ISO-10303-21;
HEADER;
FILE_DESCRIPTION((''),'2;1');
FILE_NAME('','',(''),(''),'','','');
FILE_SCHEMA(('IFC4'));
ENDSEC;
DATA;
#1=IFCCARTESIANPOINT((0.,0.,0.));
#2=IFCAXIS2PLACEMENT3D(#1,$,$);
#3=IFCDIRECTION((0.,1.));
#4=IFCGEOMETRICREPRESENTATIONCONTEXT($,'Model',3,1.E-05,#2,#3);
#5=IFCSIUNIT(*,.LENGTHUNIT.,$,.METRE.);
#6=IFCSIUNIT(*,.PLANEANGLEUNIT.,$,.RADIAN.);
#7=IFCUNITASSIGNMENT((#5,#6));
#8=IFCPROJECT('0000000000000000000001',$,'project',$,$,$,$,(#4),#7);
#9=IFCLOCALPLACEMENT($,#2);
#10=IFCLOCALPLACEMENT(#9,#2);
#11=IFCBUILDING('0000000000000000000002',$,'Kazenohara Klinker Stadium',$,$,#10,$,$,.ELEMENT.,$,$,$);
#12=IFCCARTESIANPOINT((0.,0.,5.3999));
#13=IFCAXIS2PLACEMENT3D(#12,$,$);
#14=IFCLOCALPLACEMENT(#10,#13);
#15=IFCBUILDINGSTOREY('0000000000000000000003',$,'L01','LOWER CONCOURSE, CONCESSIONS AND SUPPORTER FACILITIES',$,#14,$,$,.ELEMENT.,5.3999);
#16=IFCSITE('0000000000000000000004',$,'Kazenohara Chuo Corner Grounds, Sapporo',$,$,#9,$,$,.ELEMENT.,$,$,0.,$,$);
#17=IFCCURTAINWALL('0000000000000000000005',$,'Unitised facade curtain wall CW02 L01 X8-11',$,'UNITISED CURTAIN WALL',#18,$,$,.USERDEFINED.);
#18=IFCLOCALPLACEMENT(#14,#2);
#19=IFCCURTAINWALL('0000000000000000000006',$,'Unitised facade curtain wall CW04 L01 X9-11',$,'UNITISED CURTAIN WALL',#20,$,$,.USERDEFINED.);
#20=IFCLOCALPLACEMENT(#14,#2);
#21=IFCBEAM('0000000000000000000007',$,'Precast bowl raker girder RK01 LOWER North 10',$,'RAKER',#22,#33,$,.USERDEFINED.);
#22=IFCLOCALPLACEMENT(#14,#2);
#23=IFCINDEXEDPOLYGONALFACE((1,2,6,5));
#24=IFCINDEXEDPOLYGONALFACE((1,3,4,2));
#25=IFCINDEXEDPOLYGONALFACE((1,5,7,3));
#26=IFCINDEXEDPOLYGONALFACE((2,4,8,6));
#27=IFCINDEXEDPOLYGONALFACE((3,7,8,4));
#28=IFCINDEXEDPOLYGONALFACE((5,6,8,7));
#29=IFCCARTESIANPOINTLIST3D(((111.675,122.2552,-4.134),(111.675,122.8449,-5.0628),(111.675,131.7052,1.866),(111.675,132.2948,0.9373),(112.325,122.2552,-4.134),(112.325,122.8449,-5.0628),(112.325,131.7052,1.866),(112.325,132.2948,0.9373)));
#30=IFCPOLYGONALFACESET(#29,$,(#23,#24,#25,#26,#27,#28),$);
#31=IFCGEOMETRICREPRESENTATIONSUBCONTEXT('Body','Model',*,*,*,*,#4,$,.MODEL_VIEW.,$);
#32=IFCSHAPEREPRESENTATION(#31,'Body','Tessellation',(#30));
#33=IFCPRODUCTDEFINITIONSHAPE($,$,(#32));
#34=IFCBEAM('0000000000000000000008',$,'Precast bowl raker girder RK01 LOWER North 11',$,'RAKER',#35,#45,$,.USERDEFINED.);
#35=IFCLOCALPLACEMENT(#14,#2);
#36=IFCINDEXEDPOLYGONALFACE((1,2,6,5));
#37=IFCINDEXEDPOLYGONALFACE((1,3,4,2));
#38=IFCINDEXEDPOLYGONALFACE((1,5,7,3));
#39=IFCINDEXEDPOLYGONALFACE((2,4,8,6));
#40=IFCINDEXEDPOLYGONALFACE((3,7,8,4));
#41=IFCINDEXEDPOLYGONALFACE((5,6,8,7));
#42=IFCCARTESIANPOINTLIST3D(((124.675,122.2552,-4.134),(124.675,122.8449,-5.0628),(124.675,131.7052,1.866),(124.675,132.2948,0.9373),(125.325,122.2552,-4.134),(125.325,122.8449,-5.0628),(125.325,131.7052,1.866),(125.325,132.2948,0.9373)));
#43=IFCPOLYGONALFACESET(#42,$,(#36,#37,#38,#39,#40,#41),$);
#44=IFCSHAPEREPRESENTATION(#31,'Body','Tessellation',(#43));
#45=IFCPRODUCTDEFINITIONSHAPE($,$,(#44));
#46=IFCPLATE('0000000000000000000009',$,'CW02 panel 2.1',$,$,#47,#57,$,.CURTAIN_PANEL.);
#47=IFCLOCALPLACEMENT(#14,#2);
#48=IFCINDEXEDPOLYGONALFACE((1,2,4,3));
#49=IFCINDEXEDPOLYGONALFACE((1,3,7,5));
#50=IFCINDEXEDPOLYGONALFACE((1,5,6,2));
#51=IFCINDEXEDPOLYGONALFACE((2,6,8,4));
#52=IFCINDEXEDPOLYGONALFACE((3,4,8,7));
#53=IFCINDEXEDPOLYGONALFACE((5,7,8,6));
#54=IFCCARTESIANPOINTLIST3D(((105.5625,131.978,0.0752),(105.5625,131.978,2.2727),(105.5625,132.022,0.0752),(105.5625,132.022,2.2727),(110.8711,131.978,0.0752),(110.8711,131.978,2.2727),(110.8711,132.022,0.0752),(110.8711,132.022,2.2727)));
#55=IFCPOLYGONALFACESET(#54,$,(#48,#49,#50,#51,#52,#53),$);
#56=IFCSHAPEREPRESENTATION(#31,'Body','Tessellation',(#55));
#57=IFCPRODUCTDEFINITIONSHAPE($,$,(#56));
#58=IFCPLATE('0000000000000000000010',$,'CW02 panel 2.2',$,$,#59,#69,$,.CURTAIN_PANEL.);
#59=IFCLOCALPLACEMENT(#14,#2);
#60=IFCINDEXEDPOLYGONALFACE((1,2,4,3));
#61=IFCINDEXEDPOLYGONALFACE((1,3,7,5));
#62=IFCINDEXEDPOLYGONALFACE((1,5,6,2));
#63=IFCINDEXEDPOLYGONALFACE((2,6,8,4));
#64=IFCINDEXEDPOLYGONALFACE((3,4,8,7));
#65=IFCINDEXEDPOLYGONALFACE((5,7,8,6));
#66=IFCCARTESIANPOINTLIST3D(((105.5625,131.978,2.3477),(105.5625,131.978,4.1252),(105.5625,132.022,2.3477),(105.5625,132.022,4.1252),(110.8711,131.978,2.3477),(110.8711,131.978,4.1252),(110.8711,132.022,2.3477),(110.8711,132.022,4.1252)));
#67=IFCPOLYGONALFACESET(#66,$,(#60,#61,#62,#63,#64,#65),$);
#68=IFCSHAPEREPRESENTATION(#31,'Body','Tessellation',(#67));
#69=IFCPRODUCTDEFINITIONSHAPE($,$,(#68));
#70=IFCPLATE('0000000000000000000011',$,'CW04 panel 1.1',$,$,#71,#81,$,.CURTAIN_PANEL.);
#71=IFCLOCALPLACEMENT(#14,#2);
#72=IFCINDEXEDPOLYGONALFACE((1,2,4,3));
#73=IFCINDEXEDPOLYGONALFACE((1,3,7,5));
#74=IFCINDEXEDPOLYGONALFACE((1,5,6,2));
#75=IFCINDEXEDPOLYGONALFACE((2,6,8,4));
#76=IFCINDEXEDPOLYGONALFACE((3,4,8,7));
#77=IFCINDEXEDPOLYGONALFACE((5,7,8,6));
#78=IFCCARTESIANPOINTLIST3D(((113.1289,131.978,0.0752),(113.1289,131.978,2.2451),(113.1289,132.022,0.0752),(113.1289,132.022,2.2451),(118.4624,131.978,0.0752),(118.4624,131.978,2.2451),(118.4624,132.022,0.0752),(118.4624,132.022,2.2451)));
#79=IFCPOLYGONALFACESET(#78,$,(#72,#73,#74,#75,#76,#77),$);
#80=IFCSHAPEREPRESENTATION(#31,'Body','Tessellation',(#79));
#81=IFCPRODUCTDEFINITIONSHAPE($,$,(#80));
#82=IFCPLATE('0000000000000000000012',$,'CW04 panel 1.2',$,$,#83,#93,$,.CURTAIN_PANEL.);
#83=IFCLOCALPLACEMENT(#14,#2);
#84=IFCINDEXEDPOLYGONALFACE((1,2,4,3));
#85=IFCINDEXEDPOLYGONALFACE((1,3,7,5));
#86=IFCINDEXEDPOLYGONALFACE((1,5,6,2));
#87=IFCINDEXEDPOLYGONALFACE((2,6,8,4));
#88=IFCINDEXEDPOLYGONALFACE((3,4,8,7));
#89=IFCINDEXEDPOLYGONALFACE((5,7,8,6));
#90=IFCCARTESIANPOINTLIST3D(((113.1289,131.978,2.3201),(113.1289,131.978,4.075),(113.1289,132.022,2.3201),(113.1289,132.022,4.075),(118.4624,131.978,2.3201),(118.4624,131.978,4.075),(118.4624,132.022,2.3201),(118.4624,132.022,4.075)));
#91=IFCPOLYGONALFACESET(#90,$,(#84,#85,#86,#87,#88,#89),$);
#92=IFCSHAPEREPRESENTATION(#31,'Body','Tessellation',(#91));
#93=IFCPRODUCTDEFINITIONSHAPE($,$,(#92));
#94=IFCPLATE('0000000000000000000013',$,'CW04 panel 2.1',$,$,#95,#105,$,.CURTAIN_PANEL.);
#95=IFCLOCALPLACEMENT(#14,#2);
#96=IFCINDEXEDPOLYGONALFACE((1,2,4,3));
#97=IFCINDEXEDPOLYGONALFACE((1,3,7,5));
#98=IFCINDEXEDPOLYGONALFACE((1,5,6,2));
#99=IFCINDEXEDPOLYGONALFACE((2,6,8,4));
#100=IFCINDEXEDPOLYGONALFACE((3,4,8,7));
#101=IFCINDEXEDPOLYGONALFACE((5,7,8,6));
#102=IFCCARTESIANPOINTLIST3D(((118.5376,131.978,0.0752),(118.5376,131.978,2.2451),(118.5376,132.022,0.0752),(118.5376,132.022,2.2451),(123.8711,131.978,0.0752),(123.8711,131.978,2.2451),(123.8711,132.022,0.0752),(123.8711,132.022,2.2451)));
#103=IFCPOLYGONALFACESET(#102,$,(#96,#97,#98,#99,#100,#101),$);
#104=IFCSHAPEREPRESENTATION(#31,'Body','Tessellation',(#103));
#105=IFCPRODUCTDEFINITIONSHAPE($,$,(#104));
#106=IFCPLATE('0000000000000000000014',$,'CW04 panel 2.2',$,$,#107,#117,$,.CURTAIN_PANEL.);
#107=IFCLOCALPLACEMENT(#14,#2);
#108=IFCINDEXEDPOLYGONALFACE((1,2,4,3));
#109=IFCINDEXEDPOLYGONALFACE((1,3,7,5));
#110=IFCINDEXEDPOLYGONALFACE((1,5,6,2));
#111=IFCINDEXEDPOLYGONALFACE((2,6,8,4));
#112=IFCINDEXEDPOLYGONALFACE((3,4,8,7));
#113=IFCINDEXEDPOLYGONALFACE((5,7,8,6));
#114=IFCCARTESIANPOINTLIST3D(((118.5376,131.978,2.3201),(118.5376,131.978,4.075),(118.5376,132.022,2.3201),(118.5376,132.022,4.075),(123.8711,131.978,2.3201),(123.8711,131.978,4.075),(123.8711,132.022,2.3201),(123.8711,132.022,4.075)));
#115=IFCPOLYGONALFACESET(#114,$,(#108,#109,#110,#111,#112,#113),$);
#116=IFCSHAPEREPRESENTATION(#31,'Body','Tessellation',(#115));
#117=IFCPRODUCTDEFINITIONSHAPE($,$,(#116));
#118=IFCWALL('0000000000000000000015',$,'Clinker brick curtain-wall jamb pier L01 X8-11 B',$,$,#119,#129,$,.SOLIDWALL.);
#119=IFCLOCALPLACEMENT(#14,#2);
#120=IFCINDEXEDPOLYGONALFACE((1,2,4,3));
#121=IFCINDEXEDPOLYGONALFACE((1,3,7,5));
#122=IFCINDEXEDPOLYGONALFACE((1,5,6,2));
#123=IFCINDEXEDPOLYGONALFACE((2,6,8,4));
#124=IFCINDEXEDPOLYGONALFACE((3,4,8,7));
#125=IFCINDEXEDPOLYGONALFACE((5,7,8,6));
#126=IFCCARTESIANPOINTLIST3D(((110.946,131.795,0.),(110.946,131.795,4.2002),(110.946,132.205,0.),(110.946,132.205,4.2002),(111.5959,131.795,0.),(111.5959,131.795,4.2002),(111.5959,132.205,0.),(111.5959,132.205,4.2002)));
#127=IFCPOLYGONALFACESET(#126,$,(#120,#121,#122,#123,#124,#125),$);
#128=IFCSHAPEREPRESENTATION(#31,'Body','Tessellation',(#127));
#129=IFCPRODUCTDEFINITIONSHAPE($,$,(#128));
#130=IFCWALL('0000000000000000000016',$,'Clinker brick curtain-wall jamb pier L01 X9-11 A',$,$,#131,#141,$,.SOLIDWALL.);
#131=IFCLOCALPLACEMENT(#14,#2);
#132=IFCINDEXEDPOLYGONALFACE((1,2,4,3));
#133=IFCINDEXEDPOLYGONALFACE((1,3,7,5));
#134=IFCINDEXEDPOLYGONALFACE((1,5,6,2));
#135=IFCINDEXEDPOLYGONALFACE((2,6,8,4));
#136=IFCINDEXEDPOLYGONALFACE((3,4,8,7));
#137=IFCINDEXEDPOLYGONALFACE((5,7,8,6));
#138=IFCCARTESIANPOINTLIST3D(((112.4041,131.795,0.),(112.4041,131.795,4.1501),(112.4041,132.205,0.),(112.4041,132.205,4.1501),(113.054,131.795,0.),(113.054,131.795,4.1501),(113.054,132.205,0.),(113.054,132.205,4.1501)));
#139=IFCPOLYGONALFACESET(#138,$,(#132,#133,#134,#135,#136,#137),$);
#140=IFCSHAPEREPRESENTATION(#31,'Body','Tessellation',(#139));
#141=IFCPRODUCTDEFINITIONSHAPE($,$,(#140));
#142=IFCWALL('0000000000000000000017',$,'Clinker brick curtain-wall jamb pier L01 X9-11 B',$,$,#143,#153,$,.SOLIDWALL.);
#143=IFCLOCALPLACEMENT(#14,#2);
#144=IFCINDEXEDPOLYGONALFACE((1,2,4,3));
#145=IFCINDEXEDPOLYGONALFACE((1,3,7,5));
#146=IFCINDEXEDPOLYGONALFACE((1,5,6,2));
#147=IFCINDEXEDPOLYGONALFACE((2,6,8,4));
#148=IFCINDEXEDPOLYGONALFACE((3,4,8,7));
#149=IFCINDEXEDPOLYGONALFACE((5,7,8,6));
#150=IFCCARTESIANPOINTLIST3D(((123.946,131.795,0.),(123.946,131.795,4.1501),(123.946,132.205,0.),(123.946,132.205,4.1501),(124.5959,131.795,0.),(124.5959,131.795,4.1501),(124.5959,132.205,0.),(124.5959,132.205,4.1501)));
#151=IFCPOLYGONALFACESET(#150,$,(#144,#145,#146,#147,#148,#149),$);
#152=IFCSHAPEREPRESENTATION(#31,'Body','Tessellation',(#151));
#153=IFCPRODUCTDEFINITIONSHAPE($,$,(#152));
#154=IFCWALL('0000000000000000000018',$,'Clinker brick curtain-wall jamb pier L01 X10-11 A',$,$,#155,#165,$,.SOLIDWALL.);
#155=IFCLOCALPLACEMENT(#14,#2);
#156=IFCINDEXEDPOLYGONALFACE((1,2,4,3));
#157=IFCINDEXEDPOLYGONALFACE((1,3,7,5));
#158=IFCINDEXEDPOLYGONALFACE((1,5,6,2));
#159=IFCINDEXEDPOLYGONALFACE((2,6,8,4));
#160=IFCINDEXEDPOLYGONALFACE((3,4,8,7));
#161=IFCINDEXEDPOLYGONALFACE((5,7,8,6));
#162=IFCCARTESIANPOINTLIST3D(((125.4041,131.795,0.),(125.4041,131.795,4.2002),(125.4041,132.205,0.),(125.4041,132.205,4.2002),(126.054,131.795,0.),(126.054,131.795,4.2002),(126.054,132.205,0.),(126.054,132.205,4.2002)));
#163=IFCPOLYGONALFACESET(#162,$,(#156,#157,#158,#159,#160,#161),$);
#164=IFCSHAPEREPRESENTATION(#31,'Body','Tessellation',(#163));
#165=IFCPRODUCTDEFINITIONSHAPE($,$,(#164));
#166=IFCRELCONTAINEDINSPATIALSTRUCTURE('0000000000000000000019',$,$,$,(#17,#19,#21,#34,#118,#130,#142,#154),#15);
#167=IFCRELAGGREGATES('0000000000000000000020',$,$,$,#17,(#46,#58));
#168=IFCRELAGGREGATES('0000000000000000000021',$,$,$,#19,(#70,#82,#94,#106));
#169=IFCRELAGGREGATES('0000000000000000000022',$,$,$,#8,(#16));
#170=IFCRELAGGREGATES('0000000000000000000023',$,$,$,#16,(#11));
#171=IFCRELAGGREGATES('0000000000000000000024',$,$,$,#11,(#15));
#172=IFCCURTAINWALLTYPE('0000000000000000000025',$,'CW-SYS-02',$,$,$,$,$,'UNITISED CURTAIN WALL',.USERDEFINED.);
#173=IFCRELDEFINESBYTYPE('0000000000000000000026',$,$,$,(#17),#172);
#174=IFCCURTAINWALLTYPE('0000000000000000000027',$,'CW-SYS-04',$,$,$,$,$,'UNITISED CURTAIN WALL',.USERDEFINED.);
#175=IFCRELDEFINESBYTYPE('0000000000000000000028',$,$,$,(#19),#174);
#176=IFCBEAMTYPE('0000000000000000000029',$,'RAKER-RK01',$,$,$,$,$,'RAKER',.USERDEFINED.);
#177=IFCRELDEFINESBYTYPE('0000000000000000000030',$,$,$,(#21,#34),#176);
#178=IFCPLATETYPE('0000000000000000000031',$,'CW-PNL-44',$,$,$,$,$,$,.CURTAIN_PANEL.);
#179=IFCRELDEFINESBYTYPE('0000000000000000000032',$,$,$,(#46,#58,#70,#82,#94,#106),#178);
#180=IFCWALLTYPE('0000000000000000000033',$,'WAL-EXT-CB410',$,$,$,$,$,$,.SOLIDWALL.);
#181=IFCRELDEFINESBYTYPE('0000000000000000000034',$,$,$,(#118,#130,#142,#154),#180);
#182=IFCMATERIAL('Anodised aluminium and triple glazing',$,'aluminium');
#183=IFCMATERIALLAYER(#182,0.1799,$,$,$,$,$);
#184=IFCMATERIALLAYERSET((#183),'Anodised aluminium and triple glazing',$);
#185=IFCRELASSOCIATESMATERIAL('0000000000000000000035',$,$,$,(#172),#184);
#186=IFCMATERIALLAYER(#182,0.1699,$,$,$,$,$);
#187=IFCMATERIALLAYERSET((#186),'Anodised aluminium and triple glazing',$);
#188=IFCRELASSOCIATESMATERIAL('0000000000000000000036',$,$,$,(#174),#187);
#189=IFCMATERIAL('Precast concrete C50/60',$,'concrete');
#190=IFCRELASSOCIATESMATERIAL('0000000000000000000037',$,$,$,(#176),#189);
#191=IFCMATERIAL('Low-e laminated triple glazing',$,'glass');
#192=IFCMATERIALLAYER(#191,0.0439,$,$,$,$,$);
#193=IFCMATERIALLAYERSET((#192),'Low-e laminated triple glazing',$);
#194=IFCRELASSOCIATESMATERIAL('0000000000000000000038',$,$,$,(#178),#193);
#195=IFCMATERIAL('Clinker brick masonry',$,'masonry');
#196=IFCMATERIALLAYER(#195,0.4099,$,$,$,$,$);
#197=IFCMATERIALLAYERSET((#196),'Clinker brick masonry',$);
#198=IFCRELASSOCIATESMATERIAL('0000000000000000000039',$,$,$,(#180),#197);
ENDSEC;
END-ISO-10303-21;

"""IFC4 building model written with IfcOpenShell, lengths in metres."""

from ifc_helpers import new_model, si_unit, direction, frame, frame_2d, origin, origin_2d, place, context, subcontext, project, spatial, rectangle, extrude, material, layer, layer_set, material_profile, profile_set, type_object, element, aggregate, save


model = new_model("IFC4")

# Units and contexts
model_context = context("Model", 3, precision=1e-05, world=origin(), true_north=direction((0.0, 1.0)))
body_context = subcontext(model_context, "Body", "Model", "MODEL_VIEW")
ifc_project = project(units=[si_unit("LENGTHUNIT", "METRE"), si_unit("PLANEANGLEUNIT", "RADIAN")], contexts=[model_context])

# Site, building, storey
site_placement = place(None, origin())
site = spatial("IfcSite", under=ifc_project, at=site_placement, Name="Kazenohara Chuo Corner Grounds, Sapporo", CompositionType="ELEMENT", RefElevation=0.0)
building_placement = place(site_placement, origin())
building = spatial("IfcBuilding", under=site, at=building_placement, Name="Kazenohara Klinker Stadium", CompositionType="ELEMENT")
storey_placement = place(building_placement, frame((0.0, 0.0, 5.3999)))
storey = spatial("IfcBuildingStorey", under=building, at=storey_placement, Name="L01", Description="LOWER CONCOURSE, CONCESSIONS AND SUPPORTER FACILITIES", CompositionType="ELEMENT", Elevation=5.3999)

# Curtain wall
ifc_material_1 = material(Name="Anodised aluminium and triple glazing", Category="aluminium")
ifc_layer_1 = layer(ifc_material_1, 0.1799)
ifc_layer_set_1 = layer_set([ifc_layer_1], Name="Anodised aluminium and triple glazing")
curtain_wall_type_1 = type_object("IfcCurtainWallType", Name="CW-SYS-02", ElementType="UNITISED CURTAIN WALL", PredefinedType="USERDEFINED", material=ifc_layer_set_1)
curtain_wall_1_placement = place(storey_placement, origin())
curtain_wall_1 = element("IfcCurtainWall", 1, at=curtain_wall_1_placement, inside=storey, type_object=curtain_wall_type_1, Name="Unitised facade curtain wall CW02 L01 X8-11", ObjectType="UNITISED CURTAIN WALL", PredefinedType="USERDEFINED")

# Curtain wall
ifc_layer_2 = layer(ifc_material_1, 0.1699)
ifc_layer_set_2 = layer_set([ifc_layer_2], Name="Anodised aluminium and triple glazing")
curtain_wall_type_2 = type_object("IfcCurtainWallType", Name="CW-SYS-04", ElementType="UNITISED CURTAIN WALL", PredefinedType="USERDEFINED", material=ifc_layer_set_2)
curtain_wall_2_placement = place(storey_placement, origin())
curtain_wall_2 = element("IfcCurtainWall", 2, at=curtain_wall_2_placement, inside=storey, type_object=curtain_wall_type_2, Name="Unitised facade curtain wall CW04 L01 X9-11", ObjectType="UNITISED CURTAIN WALL", PredefinedType="USERDEFINED")

# Beams
ifc_material_2 = material(Name="Precast concrete C50/60", Category="concrete")
ifc_material_profile_1 = material_profile(ifc_material_2, rectangle(XDim=0.6499, YDim=1.1001, at=origin_2d()), Name="PC-RAKER-650x1100")
ifc_profile_set_1 = profile_set([ifc_material_profile_1], Name="Precast concrete C50/60")
beam_type_1 = type_object("IfcBeamType", Name="RAKER-RK01", ElementType="RAKER", PredefinedType="USERDEFINED", material=ifc_profile_set_1)
for number, where, z_axis, x_axis, name in (
    (3, (112.0, 132.0, 1.4016), (0.0, -0.844212, -0.53601), (1.0, 0.0, 0.0), "Precast bowl raker girder RK01 LOWER North 10"),
    (4, (125.0, 132.0, 1.4016), (0.0, -0.844212, -0.53601), (1.0, 0.0, 0.0), "Precast bowl raker girder RK01 LOWER North 11"),
):
    element("IfcBeam", number, at=place(storey_placement, frame(where, z_axis=z_axis, x_axis=x_axis)), inside=storey, type_object=beam_type_1, Name=name, ObjectType="RAKER", PredefinedType="USERDEFINED", context=body_context, shape_type="SweptSolid", body=[
        extrude(rectangle(XDim=0.6499, YDim=1.1001, at=origin_2d()), origin(), (0.0, 0.0, 1.0), 11.1938),
    ])

# Plates
ifc_material_3 = material(Name="Low-e laminated triple glazing", Category="glass")
ifc_layer_3 = layer(ifc_material_3, 0.0439)
ifc_layer_set_3 = layer_set([ifc_layer_3], Name="Low-e laminated triple glazing")
plate_type = type_object("IfcPlateType", Name="CW-PNL-44", PredefinedType="CURTAIN_PANEL", material=ifc_layer_set_3)
plate_1_placement = place(storey_placement, frame((108.2168, 132.0, 0.0752), z_axis=(0.0, 0.0, 1.0), x_axis=(1.0, 0.0, 0.0)))
plate_1 = element("IfcPlate", 5, at=plate_1_placement, type_object=plate_type, Name="CW02 panel 2.1", PredefinedType="CURTAIN_PANEL", context=body_context, shape_type="SweptSolid", body=[
    extrude(rectangle(XDim=5.3086, YDim=0.0439, at=origin_2d()), origin(), (0.0, 0.0, 1.0), 2.1975),
])
plate_2_placement = place(storey_placement, frame((108.2168, 132.0, 2.3477), z_axis=(0.0, 0.0, 1.0), x_axis=(1.0, 0.0, 0.0)))
plate_2 = element("IfcPlate", 6, at=plate_2_placement, type_object=plate_type, Name="CW02 panel 2.2", PredefinedType="CURTAIN_PANEL", context=body_context, shape_type="SweptSolid", body=[
    extrude(rectangle(XDim=5.3086, YDim=0.0439, at=origin_2d()), origin(), (0.0, 0.0, 1.0), 1.7776),
])
aggregate(curtain_wall_1, [plate_1, plate_2])
plate_3_placement = place(storey_placement, frame((115.7957, 132.0, 0.0752), z_axis=(0.0, 0.0, 1.0), x_axis=(1.0, 0.0, 0.0)))
plate_3 = element("IfcPlate", 7, at=plate_3_placement, type_object=plate_type, Name="CW04 panel 1.1", PredefinedType="CURTAIN_PANEL", context=body_context, shape_type="SweptSolid", body=[
    extrude(rectangle(XDim=5.3335, YDim=0.0439, at=origin_2d()), origin(), (0.0, 0.0, 1.0), 2.1699),
])
plate_4_placement = place(storey_placement, frame((115.7957, 132.0, 2.3201), z_axis=(0.0, 0.0, 1.0), x_axis=(1.0, 0.0, 0.0)))
plate_4 = element("IfcPlate", 8, at=plate_4_placement, type_object=plate_type, Name="CW04 panel 1.2", PredefinedType="CURTAIN_PANEL", context=body_context, shape_type="SweptSolid", body=[
    extrude(rectangle(XDim=5.3335, YDim=0.0439, at=origin_2d()), origin(), (0.0, 0.0, 1.0), 1.7549),
])
plate_5_placement = place(storey_placement, frame((121.2043, 132.0, 0.0752), z_axis=(0.0, 0.0, 1.0), x_axis=(1.0, 0.0, 0.0)))
plate_5 = element("IfcPlate", 9, at=plate_5_placement, type_object=plate_type, Name="CW04 panel 2.1", PredefinedType="CURTAIN_PANEL", context=body_context, shape_type="SweptSolid", body=[
    extrude(rectangle(XDim=5.3335, YDim=0.0439, at=origin_2d()), origin(), (0.0, 0.0, 1.0), 2.1699),
])
plate_6_placement = place(storey_placement, frame((121.2043, 132.0, 2.3201), z_axis=(0.0, 0.0, 1.0), x_axis=(1.0, 0.0, 0.0)))
plate_6 = element("IfcPlate", 10, at=plate_6_placement, type_object=plate_type, Name="CW04 panel 2.2", PredefinedType="CURTAIN_PANEL", context=body_context, shape_type="SweptSolid", body=[
    extrude(rectangle(XDim=5.3335, YDim=0.0439, at=origin_2d()), origin(), (0.0, 0.0, 1.0), 1.7549),
])
aggregate(curtain_wall_2, [plate_3, plate_4, plate_5, plate_6])

# Walls
ifc_material_4 = material(Name="Clinker brick masonry", Category="masonry")
ifc_layer_4 = layer(ifc_material_4, 0.4099)
ifc_layer_set_4 = layer_set([ifc_layer_4], Name="Clinker brick masonry")
wall_type = type_object("IfcWallType", Name="WAL-EXT-CB410", PredefinedType="SOLIDWALL", material=ifc_layer_set_4)
wall_1_placement = place(storey_placement, frame((110.946, 132.0, 0.0), z_axis=(0.0, 0.0, 1.0), x_axis=(1.0, 0.0, 0.0)))
element("IfcWall", 11, at=wall_1_placement, inside=storey, type_object=wall_type, Name="Clinker brick curtain-wall jamb pier L01 X8-11 B", PredefinedType="SOLIDWALL", context=body_context, shape_type="SweptSolid", body=[
    extrude(rectangle(XDim=0.6499, YDim=0.4099, at=frame_2d((0.325, 0.0))), origin(), (0.0, 0.0, 1.0), 4.2002),
])
for number, where, z_axis, x_axis, name in (
    (12, (112.4041, 132.0, 0.0), (0.0, 0.0, 1.0), (1.0, 0.0, 0.0), "Clinker brick curtain-wall jamb pier L01 X9-11 A"),
    (13, (123.946, 132.0, 0.0), (0.0, 0.0, 1.0), (1.0, 0.0, 0.0), "Clinker brick curtain-wall jamb pier L01 X9-11 B"),
):
    element("IfcWall", number, at=place(storey_placement, frame(where, z_axis=z_axis, x_axis=x_axis)), inside=storey, type_object=wall_type, Name=name, PredefinedType="SOLIDWALL", context=body_context, shape_type="SweptSolid", body=[
        extrude(rectangle(XDim=0.6499, YDim=0.4099, at=frame_2d((0.325, 0.0))), origin(), (0.0, 0.0, 1.0), 4.1501),
    ])
wall_2_placement = place(storey_placement, frame((125.4041, 132.0, 0.0), z_axis=(0.0, 0.0, 1.0), x_axis=(1.0, 0.0, 0.0)))
element("IfcWall", 14, at=wall_2_placement, inside=storey, type_object=wall_type, Name="Clinker brick curtain-wall jamb pier L01 X10-11 A", PredefinedType="SOLIDWALL", context=body_context, shape_type="SweptSolid", body=[
    extrude(rectangle(XDim=0.6499, YDim=0.4099, at=frame_2d((0.325, 0.0))), origin(), (0.0, 0.0, 1.0), 4.2002),
])

save(model, "model.ifc")
